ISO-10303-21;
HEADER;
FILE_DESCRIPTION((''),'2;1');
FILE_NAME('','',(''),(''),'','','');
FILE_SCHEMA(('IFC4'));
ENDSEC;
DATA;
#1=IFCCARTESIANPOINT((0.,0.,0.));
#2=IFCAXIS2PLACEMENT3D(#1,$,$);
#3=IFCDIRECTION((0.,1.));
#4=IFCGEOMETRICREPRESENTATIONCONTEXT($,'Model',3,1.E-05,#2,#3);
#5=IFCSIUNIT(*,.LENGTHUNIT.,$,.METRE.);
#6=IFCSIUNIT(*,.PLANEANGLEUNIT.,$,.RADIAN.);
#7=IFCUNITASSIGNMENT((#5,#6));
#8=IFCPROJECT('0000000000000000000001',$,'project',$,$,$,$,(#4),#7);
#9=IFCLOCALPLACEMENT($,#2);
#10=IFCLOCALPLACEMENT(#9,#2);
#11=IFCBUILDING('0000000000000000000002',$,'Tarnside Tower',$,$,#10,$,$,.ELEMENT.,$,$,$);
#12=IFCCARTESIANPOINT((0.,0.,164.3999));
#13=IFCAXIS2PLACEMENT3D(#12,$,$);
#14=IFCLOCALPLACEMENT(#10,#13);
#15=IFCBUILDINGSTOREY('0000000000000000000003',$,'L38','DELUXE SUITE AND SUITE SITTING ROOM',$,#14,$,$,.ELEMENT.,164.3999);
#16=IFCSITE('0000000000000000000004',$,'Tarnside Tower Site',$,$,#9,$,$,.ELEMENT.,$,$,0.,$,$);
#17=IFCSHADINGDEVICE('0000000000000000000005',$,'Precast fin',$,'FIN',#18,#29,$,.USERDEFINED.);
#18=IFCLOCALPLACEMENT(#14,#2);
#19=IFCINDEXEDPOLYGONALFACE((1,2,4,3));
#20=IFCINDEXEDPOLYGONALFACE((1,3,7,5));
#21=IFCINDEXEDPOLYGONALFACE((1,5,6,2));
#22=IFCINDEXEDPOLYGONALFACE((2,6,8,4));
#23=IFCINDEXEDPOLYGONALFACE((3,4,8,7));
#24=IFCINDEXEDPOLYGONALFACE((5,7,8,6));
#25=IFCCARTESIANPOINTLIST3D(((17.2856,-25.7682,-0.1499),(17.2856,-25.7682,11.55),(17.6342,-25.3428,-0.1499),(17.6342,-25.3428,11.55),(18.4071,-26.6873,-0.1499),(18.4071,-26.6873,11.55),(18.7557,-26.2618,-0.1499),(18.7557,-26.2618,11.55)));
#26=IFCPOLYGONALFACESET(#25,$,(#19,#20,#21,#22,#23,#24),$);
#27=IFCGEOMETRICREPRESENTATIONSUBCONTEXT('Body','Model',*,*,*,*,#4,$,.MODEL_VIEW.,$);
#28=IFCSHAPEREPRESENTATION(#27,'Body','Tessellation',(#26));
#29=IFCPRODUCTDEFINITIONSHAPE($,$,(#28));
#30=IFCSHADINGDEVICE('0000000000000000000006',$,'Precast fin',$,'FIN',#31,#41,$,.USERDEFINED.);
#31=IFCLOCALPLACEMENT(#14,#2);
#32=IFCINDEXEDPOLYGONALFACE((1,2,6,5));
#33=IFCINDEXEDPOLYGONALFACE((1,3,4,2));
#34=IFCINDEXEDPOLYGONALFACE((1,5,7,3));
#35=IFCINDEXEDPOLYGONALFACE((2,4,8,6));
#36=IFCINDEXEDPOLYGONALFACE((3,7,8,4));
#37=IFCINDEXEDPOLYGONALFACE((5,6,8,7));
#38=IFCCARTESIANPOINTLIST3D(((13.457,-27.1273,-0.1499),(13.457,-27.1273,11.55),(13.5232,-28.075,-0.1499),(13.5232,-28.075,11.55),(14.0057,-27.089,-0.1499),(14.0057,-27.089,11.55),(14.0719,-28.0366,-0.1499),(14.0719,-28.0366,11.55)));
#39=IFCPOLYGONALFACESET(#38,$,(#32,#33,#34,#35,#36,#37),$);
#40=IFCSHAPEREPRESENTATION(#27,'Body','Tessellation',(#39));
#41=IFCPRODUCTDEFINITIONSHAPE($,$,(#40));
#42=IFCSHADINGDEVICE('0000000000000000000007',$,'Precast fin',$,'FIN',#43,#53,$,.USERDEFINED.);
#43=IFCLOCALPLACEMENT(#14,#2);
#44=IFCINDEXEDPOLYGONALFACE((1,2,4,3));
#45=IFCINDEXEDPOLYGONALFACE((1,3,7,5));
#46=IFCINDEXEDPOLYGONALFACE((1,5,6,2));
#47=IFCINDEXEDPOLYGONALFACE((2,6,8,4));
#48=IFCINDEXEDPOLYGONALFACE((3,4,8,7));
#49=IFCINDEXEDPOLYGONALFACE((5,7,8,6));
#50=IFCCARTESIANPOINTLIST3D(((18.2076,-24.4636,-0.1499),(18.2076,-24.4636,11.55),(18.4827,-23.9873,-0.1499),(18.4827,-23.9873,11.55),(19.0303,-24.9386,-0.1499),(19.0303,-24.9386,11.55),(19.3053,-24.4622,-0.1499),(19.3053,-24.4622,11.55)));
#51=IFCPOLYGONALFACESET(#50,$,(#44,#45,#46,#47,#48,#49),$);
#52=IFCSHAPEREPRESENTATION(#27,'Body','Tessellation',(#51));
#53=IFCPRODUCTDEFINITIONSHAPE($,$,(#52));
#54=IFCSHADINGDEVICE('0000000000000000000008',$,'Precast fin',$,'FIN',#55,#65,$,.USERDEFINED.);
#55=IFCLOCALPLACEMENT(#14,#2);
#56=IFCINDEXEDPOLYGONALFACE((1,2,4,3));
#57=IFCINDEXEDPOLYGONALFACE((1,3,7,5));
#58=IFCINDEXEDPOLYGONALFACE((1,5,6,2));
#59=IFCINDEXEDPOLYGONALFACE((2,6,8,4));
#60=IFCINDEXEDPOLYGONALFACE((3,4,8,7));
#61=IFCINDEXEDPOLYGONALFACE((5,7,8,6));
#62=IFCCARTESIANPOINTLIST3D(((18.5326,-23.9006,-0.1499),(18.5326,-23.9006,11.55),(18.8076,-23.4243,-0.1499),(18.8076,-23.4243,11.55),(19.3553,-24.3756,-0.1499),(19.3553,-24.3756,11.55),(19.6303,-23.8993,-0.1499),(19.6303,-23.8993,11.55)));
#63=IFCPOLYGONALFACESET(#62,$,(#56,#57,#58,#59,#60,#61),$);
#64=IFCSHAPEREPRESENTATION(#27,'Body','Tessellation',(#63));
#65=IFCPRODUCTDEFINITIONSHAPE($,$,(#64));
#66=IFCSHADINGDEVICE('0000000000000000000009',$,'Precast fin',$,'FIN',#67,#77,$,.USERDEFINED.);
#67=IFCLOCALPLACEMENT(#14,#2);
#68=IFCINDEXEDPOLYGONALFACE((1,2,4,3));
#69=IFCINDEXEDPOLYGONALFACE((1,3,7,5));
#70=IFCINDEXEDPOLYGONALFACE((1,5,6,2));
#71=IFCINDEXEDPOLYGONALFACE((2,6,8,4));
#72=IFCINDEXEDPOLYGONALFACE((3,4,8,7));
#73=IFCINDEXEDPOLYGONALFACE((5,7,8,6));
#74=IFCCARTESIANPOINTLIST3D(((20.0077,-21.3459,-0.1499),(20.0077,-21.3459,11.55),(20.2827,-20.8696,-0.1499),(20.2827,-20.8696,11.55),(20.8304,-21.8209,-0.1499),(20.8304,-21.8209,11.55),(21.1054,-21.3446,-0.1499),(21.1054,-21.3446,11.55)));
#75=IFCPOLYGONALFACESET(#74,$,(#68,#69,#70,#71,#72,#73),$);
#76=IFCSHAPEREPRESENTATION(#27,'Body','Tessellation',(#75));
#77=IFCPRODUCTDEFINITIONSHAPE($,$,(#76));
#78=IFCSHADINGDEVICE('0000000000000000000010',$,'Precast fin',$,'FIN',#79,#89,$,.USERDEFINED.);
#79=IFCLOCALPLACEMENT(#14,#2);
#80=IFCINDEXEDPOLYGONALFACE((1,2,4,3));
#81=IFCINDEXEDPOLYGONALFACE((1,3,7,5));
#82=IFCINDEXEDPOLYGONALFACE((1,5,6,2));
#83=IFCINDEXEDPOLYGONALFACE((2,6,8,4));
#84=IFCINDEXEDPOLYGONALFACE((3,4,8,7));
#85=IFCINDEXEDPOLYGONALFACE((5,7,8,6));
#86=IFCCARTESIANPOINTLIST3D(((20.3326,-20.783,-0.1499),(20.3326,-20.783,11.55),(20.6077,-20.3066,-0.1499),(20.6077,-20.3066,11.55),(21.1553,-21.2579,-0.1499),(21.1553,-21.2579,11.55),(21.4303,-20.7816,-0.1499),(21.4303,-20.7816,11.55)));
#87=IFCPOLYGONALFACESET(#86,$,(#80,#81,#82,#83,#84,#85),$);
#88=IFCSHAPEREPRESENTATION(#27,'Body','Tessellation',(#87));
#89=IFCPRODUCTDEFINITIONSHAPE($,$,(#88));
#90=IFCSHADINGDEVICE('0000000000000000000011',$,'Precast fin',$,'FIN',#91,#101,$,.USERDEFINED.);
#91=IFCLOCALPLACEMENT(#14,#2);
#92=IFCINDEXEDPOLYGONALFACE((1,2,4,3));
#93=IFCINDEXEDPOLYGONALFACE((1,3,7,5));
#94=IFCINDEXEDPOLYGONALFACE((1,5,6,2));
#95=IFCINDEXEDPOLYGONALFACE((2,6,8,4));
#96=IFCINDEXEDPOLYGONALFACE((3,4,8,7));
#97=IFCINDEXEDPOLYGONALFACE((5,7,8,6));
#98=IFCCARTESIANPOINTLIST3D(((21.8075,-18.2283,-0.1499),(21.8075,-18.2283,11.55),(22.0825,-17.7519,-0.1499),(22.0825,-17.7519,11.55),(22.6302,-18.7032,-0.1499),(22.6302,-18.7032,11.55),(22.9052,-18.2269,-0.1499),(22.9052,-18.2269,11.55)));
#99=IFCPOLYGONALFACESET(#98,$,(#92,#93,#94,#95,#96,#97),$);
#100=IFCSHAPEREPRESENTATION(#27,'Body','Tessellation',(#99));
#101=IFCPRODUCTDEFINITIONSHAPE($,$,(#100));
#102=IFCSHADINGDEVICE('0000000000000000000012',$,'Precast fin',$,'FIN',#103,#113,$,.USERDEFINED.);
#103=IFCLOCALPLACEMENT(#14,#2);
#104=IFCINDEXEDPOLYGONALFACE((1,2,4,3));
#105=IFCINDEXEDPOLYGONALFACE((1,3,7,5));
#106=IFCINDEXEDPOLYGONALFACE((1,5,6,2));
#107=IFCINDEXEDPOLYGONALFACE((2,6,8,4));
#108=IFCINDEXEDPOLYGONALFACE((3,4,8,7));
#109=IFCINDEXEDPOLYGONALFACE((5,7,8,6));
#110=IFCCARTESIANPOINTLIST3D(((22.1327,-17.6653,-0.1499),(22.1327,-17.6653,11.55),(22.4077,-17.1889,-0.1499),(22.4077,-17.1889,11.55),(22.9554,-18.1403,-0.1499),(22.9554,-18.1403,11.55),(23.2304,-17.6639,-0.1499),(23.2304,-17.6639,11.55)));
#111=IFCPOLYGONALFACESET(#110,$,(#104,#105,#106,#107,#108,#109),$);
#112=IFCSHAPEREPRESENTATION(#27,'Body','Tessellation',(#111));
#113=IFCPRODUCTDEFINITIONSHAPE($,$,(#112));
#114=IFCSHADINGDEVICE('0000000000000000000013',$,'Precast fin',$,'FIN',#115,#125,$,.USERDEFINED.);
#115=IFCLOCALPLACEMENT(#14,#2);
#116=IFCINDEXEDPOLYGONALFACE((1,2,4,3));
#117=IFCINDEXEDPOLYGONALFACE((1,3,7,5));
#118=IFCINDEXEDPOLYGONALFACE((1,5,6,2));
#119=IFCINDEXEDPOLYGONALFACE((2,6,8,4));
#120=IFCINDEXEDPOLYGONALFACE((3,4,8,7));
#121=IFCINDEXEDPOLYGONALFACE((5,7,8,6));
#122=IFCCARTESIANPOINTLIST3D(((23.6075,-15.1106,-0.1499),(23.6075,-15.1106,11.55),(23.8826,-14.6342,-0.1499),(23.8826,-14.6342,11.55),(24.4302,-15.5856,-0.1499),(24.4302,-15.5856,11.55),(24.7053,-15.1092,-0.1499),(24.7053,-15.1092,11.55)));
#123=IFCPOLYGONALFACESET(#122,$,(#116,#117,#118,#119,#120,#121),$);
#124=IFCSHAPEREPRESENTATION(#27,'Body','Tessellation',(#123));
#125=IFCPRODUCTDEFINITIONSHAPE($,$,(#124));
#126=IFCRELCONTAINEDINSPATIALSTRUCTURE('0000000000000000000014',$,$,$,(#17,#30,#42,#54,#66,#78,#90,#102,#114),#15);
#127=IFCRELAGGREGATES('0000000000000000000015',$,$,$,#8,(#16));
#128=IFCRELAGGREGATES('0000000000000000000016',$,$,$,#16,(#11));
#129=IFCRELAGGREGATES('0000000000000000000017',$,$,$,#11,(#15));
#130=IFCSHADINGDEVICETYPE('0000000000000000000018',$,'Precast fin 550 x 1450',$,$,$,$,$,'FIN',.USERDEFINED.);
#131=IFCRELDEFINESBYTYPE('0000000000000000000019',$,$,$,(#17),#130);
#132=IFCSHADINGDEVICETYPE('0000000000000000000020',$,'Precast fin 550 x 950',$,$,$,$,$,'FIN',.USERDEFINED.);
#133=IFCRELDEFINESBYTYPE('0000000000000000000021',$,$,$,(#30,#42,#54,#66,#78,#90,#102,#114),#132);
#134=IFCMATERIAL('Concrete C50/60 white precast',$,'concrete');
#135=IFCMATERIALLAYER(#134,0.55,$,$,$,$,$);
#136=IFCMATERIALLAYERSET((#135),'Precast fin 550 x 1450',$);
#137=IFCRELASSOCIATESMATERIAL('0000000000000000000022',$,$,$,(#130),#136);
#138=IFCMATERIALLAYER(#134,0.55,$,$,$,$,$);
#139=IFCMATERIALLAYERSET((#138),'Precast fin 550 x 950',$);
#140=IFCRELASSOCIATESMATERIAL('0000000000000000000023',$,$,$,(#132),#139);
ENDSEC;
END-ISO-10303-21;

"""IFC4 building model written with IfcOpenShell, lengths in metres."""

from ifc_helpers import new_model, si_unit, direction, frame, origin, place, context, subcontext, project, spatial, polyline, outline, extrude, material, layer, layer_set, type_object, element, save


model = new_model("IFC4")

# Units and contexts
model_context = context("Model", 3, precision=1e-05, world=origin(), true_north=direction((0.0, 1.0)))
body_context = subcontext(model_context, "Body", "Model", "MODEL_VIEW")
ifc_project = project(units=[si_unit("LENGTHUNIT", "METRE"), si_unit("PLANEANGLEUNIT", "RADIAN")], contexts=[model_context])

# Site, building, storey
site_placement = place(None, origin())
site = spatial("IfcSite", under=ifc_project, at=site_placement, Name="Tarnside Tower Site", CompositionType="ELEMENT", RefElevation=0.0)
building_placement = place(site_placement, origin())
building = spatial("IfcBuilding", under=site, at=building_placement, Name="Tarnside Tower", CompositionType="ELEMENT")
storey_placement = place(building_placement, frame((0.0, 0.0, 164.3999)))
storey = spatial("IfcBuildingStorey", under=building, at=storey_placement, Name="L38", Description="DELUXE SUITE AND SUITE SITTING ROOM", CompositionType="ELEMENT", Elevation=164.3999)

# Shading devices
ifc_material_1 = material(Name="Concrete C50/60 white precast", Category="concrete")
ifc_layer_1 = layer(ifc_material_1, 0.55)
ifc_layer_set_1 = layer_set([ifc_layer_1], Name="Precast fin 550 x 1450")
shading_device_type_1 = type_object("IfcShadingDeviceType", Name="Precast fin 550 x 1450", ElementType="FIN", PredefinedType="USERDEFINED", material=ifc_layer_set_1)
for number, where, z_axis, x_axis, name in (
    (1, (17.46, -25.5554, -0.1499), (-0.633831, -0.773472, 0.0), (0.773472, -0.633831, 0.0), "Precast fin"),
):
    element("IfcShadingDevice", number, at=place(storey_placement, frame(where, z_axis=z_axis, x_axis=x_axis)), inside=storey, type_object=shading_device_type_1, Name=name, ObjectType="FIN", PredefinedType="USERDEFINED", context=body_context, shape_type="SweptSolid", body=[
        extrude(outline(polyline([(0.0, 0.0), (1.45, 0.0), (1.45, 11.7), (0.0, 11.7), (0.0, 0.0)])), frame((0.0, 0.0, -0.2749)), (0.0, 0.0, 1.0), 0.55),
    ])
ifc_layer_2 = layer(ifc_material_1, 0.55)
ifc_layer_set_2 = layer_set([ifc_layer_2], Name="Precast fin 550 x 950")
shading_device_type_2 = type_object("IfcShadingDeviceType", Name="Precast fin 550 x 950", ElementType="FIN", PredefinedType="USERDEFINED", material=ifc_layer_set_2)
for number, where, z_axis, x_axis, name in (
    (2, (13.7314, -27.1082, -0.1499), (-0.997564, -0.069756, 0.0), (0.069756, -0.997564, 0.0), "Precast fin"),
    (3, (18.3452, -24.2253, -0.1499), (-0.5, -0.866025, 0.0), (0.866025, -0.5, 0.0), "Precast fin"),
    (4, (18.6702, -23.6624, -0.1499), (-0.5, -0.866025, 0.0), (0.866025, -0.5, 0.0), "Precast fin"),
    (5, (20.1453, -21.1077, -0.1499), (-0.5, -0.866025, 0.0), (0.866025, -0.5, 0.0), "Precast fin"),
    (6, (20.4702, -20.5447, -0.1499), (-0.5, -0.866025, 0.0), (0.866025, -0.5, 0.0), "Precast fin"),
    (7, (21.9451, -17.99, -0.1499), (-0.5, -0.866025, 0.0), (0.866025, -0.5, 0.0), "Precast fin"),
    (8, (22.2703, -17.427, -0.1499), (-0.5, -0.866025, 0.0), (0.866025, -0.5, 0.0), "Precast fin"),
    (9, (23.7451, -14.8723, -0.1499), (-0.5, -0.866025, 0.0), (0.866025, -0.5, 0.0), "Precast fin"),
):
    element("IfcShadingDevice", number, at=place(storey_placement, frame(where, z_axis=z_axis, x_axis=x_axis)), inside=storey, type_object=shading_device_type_2, Name=name, ObjectType="FIN", PredefinedType="USERDEFINED", context=body_context, shape_type="SweptSolid", body=[
        extrude(outline(polyline([(0.0, 0.0), (0.95, 0.0), (0.95, 11.7), (0.0, 11.7), (0.0, 0.0)])), frame((0.0, 0.0, -0.2749)), (0.0, 0.0, 1.0), 0.55),
    ])

save(model, "model.ifc")
